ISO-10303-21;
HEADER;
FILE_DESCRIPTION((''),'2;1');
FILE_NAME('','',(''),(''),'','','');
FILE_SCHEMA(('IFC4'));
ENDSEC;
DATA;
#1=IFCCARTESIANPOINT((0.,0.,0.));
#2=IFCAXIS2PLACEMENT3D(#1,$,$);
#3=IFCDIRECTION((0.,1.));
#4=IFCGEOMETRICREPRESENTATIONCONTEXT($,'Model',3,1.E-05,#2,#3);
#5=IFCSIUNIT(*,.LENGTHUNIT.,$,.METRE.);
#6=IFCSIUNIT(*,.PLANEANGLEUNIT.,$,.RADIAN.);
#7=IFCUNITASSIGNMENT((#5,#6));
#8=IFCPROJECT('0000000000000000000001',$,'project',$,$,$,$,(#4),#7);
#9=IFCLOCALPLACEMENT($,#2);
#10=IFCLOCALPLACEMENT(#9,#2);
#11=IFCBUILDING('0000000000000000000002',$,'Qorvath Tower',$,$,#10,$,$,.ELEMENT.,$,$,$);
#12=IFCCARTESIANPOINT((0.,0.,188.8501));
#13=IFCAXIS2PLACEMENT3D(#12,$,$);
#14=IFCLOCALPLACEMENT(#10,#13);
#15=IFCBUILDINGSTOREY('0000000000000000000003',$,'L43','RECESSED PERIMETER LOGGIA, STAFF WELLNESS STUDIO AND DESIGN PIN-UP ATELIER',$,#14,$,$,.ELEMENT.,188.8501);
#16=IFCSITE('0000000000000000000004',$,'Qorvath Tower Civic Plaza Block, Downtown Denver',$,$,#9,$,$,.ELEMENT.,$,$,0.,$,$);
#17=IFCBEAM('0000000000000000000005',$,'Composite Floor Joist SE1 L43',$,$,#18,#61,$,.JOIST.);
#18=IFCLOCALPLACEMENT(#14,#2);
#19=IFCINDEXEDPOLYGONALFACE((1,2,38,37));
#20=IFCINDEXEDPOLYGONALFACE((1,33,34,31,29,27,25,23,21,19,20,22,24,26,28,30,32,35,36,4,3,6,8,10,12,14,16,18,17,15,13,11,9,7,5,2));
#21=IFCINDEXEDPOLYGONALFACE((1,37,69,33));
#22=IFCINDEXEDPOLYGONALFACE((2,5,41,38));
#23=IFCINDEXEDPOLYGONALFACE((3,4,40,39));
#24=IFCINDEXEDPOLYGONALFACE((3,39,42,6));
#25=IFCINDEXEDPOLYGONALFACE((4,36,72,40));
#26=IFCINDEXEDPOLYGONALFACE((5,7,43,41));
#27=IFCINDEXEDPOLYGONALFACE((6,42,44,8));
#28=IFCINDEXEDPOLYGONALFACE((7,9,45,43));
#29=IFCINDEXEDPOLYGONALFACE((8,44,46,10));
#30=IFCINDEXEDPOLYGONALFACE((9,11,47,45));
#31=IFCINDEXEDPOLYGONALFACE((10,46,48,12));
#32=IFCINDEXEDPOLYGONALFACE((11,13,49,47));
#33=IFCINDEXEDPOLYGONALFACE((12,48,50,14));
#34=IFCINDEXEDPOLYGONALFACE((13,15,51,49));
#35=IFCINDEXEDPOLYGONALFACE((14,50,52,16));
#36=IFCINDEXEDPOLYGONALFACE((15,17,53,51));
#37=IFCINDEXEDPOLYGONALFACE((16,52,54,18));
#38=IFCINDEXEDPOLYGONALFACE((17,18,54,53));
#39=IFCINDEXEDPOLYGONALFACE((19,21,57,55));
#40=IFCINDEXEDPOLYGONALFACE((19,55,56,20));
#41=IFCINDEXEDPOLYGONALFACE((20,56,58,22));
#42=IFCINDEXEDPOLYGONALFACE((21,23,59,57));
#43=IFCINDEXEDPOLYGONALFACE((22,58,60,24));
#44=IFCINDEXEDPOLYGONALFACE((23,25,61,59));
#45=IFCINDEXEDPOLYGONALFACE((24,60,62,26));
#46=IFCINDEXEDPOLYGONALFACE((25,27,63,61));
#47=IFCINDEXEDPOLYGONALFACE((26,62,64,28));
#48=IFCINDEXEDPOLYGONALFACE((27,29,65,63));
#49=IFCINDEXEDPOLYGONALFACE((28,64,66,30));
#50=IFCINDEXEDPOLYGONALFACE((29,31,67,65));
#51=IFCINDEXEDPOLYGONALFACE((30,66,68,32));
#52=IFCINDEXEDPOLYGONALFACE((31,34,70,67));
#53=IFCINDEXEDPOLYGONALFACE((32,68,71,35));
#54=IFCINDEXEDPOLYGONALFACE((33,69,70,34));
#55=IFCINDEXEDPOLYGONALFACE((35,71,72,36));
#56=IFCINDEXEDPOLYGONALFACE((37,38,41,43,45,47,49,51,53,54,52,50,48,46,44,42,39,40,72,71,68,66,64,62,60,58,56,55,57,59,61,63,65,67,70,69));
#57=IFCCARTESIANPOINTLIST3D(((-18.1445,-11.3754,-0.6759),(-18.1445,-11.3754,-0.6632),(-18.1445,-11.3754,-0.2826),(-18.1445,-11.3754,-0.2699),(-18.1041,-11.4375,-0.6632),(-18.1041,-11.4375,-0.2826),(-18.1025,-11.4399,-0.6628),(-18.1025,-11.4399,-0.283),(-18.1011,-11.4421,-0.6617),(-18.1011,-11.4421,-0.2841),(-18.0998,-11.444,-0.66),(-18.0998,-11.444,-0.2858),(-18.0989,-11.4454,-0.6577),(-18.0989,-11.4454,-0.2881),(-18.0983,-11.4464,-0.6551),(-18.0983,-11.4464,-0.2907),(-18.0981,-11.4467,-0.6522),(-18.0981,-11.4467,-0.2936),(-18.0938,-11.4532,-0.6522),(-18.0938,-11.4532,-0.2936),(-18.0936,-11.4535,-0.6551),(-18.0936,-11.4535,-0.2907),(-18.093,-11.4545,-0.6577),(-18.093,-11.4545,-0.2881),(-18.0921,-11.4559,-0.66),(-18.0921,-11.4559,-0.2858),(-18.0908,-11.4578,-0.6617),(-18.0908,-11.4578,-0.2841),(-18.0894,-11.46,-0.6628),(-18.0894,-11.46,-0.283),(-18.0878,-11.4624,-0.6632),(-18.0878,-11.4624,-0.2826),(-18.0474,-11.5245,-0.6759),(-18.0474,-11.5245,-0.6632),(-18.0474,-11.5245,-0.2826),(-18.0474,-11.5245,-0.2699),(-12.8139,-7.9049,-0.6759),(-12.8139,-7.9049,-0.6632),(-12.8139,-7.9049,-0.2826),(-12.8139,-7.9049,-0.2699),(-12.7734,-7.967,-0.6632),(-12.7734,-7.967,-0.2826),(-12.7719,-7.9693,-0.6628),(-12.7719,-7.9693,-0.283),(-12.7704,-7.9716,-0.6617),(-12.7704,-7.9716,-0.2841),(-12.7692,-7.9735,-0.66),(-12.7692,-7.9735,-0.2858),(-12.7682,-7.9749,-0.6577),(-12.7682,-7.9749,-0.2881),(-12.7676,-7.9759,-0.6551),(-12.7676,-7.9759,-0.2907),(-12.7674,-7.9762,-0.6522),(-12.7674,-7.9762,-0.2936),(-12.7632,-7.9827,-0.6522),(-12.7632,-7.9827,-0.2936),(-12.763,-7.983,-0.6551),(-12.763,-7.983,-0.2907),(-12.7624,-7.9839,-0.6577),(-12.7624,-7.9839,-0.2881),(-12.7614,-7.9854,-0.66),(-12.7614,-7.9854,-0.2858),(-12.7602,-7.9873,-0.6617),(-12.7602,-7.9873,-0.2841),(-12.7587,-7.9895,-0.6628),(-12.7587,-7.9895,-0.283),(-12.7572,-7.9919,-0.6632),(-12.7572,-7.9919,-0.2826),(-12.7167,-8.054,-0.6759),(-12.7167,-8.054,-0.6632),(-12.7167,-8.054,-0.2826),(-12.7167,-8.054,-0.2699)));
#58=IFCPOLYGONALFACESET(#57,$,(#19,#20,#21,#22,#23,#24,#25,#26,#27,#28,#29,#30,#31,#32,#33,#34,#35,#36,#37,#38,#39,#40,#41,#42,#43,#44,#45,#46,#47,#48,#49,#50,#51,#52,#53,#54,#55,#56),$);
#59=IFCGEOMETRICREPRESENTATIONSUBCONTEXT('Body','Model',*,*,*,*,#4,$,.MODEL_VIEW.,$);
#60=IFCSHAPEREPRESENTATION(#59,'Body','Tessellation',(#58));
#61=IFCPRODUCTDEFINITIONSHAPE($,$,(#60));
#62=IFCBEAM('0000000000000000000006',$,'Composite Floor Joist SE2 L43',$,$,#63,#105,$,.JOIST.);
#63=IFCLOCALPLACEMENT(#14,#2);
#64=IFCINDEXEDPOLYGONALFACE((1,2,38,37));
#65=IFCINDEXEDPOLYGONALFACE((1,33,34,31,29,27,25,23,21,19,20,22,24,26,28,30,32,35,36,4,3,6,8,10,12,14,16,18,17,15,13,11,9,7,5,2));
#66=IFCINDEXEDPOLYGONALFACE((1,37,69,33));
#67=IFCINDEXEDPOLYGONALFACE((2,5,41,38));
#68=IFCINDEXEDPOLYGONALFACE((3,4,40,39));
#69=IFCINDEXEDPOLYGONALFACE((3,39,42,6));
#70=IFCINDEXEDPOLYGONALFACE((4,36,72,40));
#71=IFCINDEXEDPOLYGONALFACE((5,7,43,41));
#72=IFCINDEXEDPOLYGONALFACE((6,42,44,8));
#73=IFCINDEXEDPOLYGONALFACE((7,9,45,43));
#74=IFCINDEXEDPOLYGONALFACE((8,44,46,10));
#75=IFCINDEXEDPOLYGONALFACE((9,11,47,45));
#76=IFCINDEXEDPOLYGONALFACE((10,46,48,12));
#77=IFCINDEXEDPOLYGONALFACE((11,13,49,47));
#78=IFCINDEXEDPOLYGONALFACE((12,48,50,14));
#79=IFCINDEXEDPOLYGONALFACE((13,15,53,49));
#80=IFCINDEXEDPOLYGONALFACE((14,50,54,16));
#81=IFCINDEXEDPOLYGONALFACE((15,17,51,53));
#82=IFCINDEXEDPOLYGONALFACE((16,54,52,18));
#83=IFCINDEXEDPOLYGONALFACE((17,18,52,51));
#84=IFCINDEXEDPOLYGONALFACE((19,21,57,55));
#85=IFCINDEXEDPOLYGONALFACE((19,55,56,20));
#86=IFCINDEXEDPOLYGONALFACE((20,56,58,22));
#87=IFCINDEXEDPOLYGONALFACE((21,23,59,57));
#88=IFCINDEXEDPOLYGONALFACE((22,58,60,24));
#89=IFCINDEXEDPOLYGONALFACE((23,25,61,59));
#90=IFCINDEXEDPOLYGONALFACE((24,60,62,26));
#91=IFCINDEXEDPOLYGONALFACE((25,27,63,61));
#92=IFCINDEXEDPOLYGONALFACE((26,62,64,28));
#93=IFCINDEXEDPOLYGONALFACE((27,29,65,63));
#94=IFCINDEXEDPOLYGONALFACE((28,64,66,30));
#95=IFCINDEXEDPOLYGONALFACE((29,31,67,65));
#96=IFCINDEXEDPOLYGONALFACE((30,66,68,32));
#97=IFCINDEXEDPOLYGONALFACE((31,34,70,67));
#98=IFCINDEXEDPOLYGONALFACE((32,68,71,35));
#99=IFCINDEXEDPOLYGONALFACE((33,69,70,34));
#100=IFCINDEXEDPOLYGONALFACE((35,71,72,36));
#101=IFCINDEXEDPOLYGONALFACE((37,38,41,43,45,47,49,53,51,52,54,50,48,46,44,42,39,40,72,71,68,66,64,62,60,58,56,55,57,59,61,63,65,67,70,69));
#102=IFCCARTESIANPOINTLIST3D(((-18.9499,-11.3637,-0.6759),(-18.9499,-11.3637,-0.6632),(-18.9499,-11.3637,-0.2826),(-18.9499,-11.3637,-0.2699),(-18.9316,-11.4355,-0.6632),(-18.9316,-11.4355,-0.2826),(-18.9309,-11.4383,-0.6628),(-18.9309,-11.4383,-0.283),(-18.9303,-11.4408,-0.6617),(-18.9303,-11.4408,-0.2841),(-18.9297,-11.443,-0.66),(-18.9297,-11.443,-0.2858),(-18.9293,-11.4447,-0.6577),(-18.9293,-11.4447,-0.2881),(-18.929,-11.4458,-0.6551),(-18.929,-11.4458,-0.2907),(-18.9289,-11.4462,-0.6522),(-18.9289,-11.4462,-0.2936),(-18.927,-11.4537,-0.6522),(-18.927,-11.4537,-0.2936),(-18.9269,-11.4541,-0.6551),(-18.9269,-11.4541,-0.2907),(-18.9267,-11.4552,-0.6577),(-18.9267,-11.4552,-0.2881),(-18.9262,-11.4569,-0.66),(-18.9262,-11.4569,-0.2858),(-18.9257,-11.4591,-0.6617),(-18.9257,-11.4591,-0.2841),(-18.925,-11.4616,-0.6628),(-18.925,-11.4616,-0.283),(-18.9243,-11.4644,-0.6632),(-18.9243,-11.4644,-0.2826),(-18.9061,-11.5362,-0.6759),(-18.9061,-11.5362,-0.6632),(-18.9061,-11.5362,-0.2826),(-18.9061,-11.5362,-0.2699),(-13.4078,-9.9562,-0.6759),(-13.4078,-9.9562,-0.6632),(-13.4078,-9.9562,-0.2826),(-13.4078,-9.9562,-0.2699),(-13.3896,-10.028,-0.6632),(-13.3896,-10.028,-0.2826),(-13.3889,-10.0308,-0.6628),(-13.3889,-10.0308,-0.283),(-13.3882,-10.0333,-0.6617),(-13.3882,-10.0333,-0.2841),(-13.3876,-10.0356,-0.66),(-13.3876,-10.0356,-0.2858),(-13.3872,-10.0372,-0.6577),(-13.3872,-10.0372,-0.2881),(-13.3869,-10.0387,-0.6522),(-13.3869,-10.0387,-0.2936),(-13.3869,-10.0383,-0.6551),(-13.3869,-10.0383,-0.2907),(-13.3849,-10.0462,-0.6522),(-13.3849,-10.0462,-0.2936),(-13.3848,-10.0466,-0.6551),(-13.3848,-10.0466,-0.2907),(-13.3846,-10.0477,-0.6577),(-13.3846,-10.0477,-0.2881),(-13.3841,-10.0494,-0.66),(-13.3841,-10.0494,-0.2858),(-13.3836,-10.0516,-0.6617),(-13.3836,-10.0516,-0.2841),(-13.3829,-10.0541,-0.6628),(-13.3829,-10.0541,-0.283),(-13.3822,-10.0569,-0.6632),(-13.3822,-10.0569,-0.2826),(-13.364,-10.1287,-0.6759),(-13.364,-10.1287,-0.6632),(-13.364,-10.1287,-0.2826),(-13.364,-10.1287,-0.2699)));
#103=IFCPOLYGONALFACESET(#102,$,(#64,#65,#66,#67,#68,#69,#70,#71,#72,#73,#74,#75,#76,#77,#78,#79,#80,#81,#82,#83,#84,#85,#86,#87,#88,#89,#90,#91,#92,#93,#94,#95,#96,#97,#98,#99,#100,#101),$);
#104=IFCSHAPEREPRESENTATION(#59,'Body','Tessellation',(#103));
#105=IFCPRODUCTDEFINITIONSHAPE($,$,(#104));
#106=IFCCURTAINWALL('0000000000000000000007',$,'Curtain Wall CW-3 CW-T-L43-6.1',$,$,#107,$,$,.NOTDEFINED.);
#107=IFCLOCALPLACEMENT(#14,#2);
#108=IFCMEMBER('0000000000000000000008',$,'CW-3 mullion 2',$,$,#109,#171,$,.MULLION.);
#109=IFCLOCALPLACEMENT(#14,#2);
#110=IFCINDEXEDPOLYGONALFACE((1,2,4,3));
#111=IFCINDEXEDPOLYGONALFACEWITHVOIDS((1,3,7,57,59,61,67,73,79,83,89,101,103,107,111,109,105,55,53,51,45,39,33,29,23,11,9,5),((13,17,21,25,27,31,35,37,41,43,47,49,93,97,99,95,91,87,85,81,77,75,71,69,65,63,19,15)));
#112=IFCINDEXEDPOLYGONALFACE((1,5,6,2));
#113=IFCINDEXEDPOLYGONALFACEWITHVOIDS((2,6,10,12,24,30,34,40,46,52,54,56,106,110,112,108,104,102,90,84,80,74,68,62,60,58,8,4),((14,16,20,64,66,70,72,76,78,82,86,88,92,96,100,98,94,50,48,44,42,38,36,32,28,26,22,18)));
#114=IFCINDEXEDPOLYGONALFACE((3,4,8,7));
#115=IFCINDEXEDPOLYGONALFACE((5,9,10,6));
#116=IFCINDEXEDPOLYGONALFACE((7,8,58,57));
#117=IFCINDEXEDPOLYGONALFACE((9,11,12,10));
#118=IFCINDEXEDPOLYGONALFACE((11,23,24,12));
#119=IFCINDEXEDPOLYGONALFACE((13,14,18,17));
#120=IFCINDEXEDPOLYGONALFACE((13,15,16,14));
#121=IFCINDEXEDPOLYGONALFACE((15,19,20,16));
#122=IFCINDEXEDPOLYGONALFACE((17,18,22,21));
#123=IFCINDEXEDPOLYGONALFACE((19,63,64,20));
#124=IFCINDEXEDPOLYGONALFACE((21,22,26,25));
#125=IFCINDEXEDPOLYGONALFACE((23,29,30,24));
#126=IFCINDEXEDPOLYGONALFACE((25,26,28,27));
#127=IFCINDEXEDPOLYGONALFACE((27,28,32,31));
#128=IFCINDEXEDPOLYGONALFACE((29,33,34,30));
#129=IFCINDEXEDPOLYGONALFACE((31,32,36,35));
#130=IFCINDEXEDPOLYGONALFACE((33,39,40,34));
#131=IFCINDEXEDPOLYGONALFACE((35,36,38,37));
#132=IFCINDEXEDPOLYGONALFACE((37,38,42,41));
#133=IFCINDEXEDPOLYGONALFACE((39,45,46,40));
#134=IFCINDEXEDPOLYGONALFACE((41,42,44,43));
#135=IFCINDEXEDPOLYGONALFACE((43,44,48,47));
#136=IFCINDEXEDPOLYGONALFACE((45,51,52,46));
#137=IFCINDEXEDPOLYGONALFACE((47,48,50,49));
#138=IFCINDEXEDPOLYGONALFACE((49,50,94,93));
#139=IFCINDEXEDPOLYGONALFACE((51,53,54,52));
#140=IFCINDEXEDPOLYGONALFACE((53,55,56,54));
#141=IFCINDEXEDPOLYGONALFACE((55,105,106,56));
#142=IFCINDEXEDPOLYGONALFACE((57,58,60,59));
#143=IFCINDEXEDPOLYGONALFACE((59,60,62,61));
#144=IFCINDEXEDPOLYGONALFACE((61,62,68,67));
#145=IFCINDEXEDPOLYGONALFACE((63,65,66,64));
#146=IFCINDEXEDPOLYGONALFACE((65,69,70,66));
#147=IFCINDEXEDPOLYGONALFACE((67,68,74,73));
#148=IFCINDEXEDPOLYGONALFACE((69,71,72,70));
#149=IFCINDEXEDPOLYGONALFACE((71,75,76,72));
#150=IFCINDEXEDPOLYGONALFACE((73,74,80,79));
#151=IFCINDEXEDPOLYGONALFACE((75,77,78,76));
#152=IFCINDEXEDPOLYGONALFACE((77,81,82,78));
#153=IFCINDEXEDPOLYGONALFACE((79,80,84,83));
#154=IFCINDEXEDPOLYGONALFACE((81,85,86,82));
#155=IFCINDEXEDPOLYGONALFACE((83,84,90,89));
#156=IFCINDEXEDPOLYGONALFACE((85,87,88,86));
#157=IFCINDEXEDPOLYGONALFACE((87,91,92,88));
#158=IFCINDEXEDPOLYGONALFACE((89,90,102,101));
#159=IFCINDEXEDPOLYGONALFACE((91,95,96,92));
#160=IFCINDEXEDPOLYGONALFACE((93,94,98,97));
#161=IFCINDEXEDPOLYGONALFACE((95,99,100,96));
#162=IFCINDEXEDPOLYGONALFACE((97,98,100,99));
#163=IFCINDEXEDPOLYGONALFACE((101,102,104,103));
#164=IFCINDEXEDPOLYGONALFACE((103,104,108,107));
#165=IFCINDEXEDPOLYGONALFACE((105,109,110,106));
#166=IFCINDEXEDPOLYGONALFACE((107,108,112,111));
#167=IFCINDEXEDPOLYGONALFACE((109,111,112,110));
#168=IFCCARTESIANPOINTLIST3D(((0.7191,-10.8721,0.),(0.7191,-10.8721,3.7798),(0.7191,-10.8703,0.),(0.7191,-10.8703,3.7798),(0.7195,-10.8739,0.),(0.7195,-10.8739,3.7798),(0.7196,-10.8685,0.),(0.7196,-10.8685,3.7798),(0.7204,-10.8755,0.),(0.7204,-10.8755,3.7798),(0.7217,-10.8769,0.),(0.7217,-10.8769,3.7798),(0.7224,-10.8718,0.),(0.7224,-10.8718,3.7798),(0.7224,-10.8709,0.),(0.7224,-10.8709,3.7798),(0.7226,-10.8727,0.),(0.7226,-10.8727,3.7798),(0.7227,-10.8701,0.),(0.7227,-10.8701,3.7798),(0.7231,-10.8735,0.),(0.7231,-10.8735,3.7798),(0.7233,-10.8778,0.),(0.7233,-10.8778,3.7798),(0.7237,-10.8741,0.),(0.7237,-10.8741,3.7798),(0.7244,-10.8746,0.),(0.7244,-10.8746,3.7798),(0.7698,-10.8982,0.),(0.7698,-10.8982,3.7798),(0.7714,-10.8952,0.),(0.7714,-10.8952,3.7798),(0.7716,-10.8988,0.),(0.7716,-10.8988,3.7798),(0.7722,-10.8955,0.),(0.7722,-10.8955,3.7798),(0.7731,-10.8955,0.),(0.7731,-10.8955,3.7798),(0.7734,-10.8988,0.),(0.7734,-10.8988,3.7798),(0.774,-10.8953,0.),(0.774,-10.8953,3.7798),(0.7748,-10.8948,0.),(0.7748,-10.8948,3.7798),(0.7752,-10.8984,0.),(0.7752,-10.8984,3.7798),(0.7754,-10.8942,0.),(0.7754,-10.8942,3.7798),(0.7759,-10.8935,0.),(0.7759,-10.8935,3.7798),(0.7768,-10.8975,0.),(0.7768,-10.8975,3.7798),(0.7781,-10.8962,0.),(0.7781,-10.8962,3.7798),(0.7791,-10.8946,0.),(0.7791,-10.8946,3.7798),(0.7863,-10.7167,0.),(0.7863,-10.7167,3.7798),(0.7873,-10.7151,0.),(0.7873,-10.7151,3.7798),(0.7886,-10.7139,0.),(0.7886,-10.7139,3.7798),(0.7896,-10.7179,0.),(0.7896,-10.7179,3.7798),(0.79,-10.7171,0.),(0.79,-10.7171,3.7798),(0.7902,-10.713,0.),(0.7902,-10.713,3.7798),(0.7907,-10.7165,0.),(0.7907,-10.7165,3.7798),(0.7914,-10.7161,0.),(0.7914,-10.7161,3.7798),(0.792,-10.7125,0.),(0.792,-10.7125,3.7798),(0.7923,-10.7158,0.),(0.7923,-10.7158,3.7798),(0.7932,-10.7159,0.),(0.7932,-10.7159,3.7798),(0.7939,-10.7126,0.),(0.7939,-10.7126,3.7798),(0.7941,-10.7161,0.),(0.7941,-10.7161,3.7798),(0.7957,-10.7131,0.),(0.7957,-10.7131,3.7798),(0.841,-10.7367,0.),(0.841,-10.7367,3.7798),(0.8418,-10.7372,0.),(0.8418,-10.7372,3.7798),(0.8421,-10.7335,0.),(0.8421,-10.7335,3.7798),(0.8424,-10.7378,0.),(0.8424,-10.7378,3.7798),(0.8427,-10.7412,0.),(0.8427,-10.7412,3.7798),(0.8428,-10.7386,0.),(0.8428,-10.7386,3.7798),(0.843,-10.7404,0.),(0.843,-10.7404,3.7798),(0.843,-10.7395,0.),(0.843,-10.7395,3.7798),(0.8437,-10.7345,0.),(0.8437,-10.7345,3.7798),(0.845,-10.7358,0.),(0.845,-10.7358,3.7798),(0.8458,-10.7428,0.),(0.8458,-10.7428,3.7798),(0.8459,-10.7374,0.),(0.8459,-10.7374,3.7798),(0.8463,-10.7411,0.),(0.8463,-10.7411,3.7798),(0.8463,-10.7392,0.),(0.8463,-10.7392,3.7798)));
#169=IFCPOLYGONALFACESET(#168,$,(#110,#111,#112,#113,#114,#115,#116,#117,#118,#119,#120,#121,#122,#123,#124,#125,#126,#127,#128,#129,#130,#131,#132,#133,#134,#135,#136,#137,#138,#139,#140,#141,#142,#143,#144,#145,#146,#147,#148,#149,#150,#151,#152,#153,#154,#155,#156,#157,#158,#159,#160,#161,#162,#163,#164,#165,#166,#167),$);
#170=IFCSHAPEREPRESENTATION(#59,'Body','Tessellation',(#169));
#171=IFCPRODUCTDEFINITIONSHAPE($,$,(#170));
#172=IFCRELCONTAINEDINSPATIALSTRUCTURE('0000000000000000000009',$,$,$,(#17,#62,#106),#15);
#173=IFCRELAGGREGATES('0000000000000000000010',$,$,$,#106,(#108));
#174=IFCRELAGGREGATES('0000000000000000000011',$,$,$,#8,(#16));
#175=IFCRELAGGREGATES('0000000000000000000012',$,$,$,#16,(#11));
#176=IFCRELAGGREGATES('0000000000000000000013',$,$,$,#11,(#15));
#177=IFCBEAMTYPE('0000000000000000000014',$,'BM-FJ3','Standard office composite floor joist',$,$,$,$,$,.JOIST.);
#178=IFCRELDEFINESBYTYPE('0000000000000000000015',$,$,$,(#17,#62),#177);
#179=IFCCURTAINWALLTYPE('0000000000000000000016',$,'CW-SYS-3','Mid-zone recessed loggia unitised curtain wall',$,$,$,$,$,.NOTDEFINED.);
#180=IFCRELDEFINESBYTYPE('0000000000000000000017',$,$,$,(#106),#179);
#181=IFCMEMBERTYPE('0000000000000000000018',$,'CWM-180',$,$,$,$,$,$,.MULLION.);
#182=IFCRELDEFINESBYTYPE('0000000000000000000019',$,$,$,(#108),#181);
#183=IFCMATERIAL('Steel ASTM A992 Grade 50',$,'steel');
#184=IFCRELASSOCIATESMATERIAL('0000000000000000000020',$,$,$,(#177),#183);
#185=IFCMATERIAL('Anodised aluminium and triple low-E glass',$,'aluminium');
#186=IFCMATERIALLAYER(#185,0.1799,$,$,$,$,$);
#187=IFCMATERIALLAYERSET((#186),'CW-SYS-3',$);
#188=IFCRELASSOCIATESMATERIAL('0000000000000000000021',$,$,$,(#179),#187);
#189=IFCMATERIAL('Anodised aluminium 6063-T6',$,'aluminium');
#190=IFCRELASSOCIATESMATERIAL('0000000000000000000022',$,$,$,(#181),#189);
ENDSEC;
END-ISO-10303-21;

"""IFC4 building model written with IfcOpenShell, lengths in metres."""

from ifc_helpers import new_model, si_unit, direction, frame, origin, origin_2d, place, context, subcontext, project, spatial, hollow_rectangle, i_section, extrude, material, layer, layer_set, material_profile, profile_set, type_object, element, aggregate, save


model = new_model("IFC4")

# Units and contexts
model_context = context("Model", 3, precision=1e-05, world=origin(), true_north=direction((0.0, 1.0)))
body_context = subcontext(model_context, "Body", "Model", "MODEL_VIEW")
ifc_project = project(units=[si_unit("LENGTHUNIT", "METRE"), si_unit("PLANEANGLEUNIT", "RADIAN")], contexts=[model_context])

# Site, building, storey
site_placement = place(None, origin())
site = spatial("IfcSite", under=ifc_project, at=site_placement, Name="Qorvath Tower Civic Plaza Block, Downtown Denver", CompositionType="ELEMENT", RefElevation=0.0)
building_placement = place(site_placement, origin())
building = spatial("IfcBuilding", under=site, at=building_placement, Name="Qorvath Tower", CompositionType="ELEMENT")
storey_placement = place(building_placement, frame((0.0, 0.0, 188.8501)))
storey = spatial("IfcBuildingStorey", under=building, at=storey_placement, Name="L43", Description="RECESSED PERIMETER LOGGIA, STAFF WELLNESS STUDIO AND DESIGN PIN-UP ATELIER", CompositionType="ELEMENT", Elevation=188.8501)

# Beams
ifc_material_1 = material(Name="Steel ASTM A992 Grade 50", Category="steel")
ifc_material_profile_1 = material_profile(ifc_material_1, i_section(OverallWidth=0.178, OverallDepth=0.406, WebThickness=0.0078, FlangeThickness=0.0127, FilletRadius=0.011, at=origin_2d()), Name="W16x40")
ifc_profile_set_1 = profile_set([ifc_material_profile_1], Name="Steel ASTM A992 Grade 50")
beam_type_1 = type_object("IfcBeamType", Name="BM-FJ3", Description="Standard office composite floor joist", PredefinedType="JOIST", material=ifc_profile_set_1)
beam_1_placement = place(storey_placement, frame((-18.0959, -11.45, -0.4729), z_axis=(0.838042, 0.545606, 0.0), x_axis=(-0.545606, 0.838042, 0.0)))
element("IfcBeam", 1, at=beam_1_placement, inside=storey, type_object=beam_type_1, Name="Composite Floor Joist SE1 L43", PredefinedType="JOIST", context=body_context, shape_type="SweptSolid", body=[
    extrude(i_section(OverallWidth=0.178, OverallDepth=0.406, WebThickness=0.0078, FlangeThickness=0.0127, FilletRadius=0.011, at=origin_2d()), origin(), (0.0, 0.0, 1.0), 6.3608),
])
beam_2_placement = place(storey_placement, frame((-18.928, -11.45, -0.4729), z_axis=(0.969232, 0.246151, 0.0), x_axis=(-0.246151, 0.969232, 0.0)))
element("IfcBeam", 2, at=beam_2_placement, inside=storey, type_object=beam_type_1, Name="Composite Floor Joist SE2 L43", PredefinedType="JOIST", context=body_context, shape_type="SweptSolid", body=[
    extrude(i_section(OverallWidth=0.178, OverallDepth=0.406, WebThickness=0.0078, FlangeThickness=0.0127, FilletRadius=0.011, at=origin_2d()), origin(), (0.0, 0.0, 1.0), 5.718),
])

# Curtain wall, member
ifc_material_2 = material(Name="Anodised aluminium and triple low-E glass", Category="aluminium")
ifc_layer_1 = layer(ifc_material_2, 0.1799)
ifc_layer_set_1 = layer_set([ifc_layer_1], Name="CW-SYS-3")
curtain_wall_type = type_object("IfcCurtainWallType", Name="CW-SYS-3", Description="Mid-zone recessed loggia unitised curtain wall", PredefinedType="NOTDEFINED", material=ifc_layer_set_1)
curtain_wall_1_placement = place(storey_placement, origin())
curtain_wall_1 = element("IfcCurtainWall", 3, at=curtain_wall_1_placement, inside=storey, type_object=curtain_wall_type, Name="Curtain Wall CW-3 CW-T-L43-6.1", PredefinedType="NOTDEFINED")
ifc_material_3 = material(Name="Anodised aluminium 6063-T6", Category="aluminium")
ifc_material_profile_2 = material_profile(ifc_material_3, hollow_rectangle(XDim=0.0649, YDim=0.1799, WallThickness=0.0034, InnerFilletRadius=0.0034, OuterFilletRadius=0.0071, at=origin_2d()), Name="CWM 180x65")
ifc_profile_set_2 = profile_set([ifc_material_profile_2], Name="Anodised aluminium 6063-T6")
member_type_1 = type_object("IfcMemberType", Name="CWM-180", PredefinedType="MULLION", material=ifc_profile_set_2)
member_1_placement = place(storey_placement, frame((0.7827, -10.8057, 0.0), z_axis=(0.0, 0.0, 1.0), x_axis=(-0.915549, 0.402206, 0.0)))
member_1 = element("IfcMember", 4, at=member_1_placement, type_object=member_type_1, Name="CW-3 mullion 2", PredefinedType="MULLION", context=body_context, shape_type="SweptSolid", body=[
    extrude(hollow_rectangle(XDim=0.0649, YDim=0.1799, WallThickness=0.0034, InnerFilletRadius=0.0034, OuterFilletRadius=0.0071, at=origin_2d()), origin(), (0.0, 0.0, 1.0), 3.7798),
])

aggregate(curtain_wall_1, [member_1])

save(model, "model.ifc")
